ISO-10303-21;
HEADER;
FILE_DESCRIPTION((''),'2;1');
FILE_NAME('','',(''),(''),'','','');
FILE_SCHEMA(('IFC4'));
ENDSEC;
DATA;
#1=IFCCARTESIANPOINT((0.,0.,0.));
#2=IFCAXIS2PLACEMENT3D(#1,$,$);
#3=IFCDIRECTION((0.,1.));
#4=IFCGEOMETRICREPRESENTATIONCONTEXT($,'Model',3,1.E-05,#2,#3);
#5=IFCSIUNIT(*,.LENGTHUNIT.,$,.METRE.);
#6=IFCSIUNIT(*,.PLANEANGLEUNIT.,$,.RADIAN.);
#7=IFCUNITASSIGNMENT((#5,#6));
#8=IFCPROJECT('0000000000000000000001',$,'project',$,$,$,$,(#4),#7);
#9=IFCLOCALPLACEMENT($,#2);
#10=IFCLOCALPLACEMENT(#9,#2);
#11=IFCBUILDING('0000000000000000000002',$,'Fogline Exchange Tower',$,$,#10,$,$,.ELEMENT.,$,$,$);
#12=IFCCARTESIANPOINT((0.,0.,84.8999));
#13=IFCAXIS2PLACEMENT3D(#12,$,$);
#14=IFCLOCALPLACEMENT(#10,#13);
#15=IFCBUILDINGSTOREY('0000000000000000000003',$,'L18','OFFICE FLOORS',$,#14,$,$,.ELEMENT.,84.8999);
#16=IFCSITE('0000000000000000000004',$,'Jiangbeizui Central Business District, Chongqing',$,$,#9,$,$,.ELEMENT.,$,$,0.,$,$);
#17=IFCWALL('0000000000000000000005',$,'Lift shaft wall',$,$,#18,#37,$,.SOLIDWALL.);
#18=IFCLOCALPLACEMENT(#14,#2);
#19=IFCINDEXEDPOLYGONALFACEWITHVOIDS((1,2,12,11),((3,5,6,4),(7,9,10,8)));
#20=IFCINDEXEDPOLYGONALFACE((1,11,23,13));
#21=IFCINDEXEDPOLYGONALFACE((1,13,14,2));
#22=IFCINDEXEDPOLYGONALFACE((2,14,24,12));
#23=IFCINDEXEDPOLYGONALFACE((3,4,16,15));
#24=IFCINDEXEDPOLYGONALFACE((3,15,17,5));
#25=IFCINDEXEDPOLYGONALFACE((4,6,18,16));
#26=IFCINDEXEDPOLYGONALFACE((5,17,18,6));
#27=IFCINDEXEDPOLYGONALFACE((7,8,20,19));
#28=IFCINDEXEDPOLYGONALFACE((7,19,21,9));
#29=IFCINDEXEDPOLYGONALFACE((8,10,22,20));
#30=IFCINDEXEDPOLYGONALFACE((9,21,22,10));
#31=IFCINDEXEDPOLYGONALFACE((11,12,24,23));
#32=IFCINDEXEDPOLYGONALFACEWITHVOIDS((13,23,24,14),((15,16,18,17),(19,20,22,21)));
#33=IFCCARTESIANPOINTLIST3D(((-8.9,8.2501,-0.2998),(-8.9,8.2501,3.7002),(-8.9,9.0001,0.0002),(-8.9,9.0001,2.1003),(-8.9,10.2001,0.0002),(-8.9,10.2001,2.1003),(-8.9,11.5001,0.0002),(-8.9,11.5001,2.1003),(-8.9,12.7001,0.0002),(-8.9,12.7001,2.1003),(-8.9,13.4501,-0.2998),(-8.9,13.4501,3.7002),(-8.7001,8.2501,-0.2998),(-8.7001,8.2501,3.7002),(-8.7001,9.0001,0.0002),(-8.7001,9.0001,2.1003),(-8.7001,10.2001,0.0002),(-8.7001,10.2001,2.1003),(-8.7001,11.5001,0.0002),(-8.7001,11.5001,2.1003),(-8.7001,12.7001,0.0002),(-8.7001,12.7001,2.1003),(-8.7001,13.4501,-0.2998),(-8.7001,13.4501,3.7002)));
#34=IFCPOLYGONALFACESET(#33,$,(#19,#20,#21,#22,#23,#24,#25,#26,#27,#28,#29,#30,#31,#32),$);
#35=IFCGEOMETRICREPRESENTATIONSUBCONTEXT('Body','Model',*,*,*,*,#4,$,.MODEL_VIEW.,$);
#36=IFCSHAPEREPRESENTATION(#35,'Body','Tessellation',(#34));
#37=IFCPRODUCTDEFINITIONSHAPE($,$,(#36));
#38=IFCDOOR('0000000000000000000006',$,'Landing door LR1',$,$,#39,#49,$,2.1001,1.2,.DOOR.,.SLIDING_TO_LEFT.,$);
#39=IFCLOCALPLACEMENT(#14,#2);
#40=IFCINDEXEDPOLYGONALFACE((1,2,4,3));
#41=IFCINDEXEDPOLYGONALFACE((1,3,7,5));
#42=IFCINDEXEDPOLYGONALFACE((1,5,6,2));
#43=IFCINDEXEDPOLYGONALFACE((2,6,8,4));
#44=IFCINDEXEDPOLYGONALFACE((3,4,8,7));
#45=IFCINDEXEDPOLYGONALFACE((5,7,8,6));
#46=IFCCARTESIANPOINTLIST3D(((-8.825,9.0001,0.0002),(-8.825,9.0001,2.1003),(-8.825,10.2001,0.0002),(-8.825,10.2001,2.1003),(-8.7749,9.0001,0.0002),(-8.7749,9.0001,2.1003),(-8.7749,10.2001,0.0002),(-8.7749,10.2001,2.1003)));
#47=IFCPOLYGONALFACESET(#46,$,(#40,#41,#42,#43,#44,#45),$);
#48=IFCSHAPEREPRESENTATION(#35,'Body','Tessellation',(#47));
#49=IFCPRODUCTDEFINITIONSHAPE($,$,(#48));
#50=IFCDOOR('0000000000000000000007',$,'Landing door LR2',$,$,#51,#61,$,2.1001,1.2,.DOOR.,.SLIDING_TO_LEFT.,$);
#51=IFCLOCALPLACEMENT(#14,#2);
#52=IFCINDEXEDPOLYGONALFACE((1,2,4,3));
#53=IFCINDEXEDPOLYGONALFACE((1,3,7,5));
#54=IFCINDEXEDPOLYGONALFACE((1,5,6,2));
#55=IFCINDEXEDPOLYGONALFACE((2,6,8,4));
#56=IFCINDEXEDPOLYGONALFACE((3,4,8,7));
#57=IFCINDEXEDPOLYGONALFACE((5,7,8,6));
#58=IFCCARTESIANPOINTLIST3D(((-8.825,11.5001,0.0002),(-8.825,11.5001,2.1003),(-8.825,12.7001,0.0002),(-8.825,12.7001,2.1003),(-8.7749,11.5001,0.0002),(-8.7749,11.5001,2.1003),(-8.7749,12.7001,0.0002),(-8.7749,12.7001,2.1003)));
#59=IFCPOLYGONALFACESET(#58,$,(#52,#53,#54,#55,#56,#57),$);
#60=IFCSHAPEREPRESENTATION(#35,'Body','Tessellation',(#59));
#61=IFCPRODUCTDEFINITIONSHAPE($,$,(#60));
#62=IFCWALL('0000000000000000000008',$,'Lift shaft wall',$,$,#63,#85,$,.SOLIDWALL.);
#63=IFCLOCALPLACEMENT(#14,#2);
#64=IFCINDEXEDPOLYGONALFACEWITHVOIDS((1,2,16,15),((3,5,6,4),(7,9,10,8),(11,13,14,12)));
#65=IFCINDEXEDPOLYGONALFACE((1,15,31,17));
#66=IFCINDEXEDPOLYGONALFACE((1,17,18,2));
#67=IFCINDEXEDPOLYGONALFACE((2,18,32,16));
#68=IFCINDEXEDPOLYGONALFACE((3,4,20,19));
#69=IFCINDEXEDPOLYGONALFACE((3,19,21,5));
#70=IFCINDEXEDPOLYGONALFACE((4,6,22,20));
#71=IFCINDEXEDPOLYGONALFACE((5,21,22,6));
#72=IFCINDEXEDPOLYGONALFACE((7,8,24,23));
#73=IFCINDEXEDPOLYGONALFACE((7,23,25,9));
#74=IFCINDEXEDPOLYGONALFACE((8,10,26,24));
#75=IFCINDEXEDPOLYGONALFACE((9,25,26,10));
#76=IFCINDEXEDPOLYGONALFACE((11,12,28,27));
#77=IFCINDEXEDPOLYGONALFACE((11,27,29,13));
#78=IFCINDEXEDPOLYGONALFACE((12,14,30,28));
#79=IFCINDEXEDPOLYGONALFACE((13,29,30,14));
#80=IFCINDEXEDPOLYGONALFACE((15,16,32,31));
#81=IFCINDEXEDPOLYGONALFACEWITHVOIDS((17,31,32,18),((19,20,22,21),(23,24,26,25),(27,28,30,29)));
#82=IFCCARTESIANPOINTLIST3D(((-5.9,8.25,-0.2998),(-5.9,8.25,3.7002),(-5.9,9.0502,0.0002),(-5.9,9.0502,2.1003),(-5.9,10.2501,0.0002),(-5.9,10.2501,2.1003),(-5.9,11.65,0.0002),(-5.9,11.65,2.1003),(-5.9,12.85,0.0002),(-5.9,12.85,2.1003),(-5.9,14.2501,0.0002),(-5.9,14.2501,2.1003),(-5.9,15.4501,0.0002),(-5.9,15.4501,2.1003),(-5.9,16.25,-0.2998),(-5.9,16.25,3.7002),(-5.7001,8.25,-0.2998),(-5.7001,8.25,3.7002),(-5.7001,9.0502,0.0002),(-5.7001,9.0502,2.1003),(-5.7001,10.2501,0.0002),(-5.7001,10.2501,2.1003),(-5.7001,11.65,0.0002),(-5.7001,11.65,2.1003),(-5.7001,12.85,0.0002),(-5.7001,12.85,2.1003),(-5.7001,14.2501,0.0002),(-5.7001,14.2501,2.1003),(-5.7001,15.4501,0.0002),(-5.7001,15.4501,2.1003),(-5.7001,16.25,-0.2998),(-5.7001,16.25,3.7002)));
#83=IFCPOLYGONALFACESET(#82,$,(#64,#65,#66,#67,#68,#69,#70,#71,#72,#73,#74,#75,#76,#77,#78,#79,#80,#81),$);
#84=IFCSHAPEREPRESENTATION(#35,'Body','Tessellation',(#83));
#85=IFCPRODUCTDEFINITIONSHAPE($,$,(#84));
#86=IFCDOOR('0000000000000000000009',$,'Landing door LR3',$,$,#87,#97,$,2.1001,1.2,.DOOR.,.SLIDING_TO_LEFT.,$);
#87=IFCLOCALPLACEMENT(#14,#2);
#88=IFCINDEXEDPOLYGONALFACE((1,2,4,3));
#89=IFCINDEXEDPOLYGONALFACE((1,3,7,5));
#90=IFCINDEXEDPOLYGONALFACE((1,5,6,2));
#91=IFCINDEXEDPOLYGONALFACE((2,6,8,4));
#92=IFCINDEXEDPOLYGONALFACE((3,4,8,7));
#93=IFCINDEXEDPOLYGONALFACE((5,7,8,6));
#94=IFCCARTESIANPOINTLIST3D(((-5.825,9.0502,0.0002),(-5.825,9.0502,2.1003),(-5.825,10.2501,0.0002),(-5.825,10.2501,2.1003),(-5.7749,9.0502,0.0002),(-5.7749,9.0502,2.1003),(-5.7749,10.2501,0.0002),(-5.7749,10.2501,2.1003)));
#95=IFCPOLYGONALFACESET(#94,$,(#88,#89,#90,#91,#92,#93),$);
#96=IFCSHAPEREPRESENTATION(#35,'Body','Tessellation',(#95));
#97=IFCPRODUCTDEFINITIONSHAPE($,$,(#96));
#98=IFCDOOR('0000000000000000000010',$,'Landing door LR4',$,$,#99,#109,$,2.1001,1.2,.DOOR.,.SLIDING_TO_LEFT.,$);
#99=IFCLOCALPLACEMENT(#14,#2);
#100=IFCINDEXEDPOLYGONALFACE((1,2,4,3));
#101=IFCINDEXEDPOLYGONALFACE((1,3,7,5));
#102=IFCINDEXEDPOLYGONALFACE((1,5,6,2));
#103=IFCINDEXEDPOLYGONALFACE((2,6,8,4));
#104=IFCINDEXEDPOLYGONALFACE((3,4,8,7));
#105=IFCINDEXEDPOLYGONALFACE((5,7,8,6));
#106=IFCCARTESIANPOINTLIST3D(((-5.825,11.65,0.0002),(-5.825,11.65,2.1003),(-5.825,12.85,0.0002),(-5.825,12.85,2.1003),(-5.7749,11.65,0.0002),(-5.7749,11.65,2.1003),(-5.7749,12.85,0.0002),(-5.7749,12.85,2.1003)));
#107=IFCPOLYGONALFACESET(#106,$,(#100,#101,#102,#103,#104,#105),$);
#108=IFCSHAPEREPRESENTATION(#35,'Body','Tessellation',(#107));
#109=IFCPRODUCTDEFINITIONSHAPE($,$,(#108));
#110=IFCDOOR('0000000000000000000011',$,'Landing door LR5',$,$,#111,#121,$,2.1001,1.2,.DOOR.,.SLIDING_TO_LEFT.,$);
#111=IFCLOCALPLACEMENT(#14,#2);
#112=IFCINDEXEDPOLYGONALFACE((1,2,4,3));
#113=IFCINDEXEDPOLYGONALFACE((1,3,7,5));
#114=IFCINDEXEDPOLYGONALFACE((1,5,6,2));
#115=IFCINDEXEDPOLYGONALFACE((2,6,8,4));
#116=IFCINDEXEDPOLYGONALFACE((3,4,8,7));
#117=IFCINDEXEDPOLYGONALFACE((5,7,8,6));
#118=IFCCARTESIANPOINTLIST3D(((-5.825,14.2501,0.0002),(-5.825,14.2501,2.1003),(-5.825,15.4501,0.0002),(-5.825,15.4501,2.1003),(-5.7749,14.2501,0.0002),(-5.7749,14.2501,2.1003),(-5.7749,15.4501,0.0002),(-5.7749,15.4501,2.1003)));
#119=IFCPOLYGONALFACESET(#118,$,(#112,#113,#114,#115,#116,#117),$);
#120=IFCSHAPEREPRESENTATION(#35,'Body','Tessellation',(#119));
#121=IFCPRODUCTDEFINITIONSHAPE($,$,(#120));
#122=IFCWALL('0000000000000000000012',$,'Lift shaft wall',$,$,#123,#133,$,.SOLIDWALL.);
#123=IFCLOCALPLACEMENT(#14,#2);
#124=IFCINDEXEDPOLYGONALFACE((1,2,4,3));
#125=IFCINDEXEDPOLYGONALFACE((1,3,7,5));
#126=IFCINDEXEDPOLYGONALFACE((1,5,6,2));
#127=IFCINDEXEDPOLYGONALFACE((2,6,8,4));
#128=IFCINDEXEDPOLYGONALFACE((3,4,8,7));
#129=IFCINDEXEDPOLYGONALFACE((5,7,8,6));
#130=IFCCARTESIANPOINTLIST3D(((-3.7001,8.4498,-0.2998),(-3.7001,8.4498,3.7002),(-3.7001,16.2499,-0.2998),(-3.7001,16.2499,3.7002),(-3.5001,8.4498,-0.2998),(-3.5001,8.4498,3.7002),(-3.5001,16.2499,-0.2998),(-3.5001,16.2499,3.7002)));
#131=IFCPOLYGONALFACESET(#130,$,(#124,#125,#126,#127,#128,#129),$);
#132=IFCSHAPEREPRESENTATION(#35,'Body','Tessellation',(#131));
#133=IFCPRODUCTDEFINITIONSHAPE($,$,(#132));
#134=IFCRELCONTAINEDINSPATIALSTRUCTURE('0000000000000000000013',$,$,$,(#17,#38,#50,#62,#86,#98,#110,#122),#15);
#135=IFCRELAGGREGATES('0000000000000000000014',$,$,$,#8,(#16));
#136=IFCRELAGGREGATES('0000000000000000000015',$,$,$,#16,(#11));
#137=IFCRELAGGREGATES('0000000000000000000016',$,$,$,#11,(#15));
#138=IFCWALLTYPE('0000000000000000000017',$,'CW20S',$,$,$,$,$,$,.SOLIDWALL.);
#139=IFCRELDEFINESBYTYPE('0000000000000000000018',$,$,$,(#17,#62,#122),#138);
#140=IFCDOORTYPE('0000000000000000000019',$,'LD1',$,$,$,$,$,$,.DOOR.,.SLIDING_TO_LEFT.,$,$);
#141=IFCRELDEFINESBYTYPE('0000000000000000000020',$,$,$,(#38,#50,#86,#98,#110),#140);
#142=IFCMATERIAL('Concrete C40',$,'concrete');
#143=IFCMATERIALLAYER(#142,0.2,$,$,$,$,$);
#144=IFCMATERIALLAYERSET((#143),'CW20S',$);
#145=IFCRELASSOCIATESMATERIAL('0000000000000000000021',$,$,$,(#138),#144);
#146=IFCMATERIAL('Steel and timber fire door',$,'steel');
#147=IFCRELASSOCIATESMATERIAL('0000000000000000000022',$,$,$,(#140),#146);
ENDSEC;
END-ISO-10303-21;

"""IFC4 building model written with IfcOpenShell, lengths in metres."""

from ifc_helpers import new_model, si_unit, direction, frame, frame_2d, origin, place, context, subcontext, project, spatial, rectangle, extrude, material, layer, layer_set, type_object, element, fill, save


model = new_model("IFC4")

# Units and contexts
model_context = context("Model", 3, precision=1e-05, world=origin(), true_north=direction((0.0, 1.0)))
body_context = subcontext(model_context, "Body", "Model", "MODEL_VIEW")
ifc_project = project(units=[si_unit("LENGTHUNIT", "METRE"), si_unit("PLANEANGLEUNIT", "RADIAN")], contexts=[model_context])

# Site, building, storey
site_placement = place(None, origin())
site = spatial("IfcSite", under=ifc_project, at=site_placement, Name="Jiangbeizui Central Business District, Chongqing", CompositionType="ELEMENT", RefElevation=0.0)
building_placement = place(site_placement, origin())
building = spatial("IfcBuilding", under=site, at=building_placement, Name="Fogline Exchange Tower", CompositionType="ELEMENT")
storey_placement = place(building_placement, frame((0.0, 0.0, 84.8999)))
storey = spatial("IfcBuildingStorey", under=building, at=storey_placement, Name="L18", Description="OFFICE FLOORS", CompositionType="ELEMENT", Elevation=84.8999)

# Shared definitions
ifc_material_1 = material(Name="Steel and timber fire door", Category="steel")

# Shared definitions
ifc_material_2 = material(Name="Concrete C40", Category="concrete")

# Walls, openings, doors
ifc_layer_1 = layer(ifc_material_2, 0.2)
ifc_layer_set_1 = layer_set([ifc_layer_1], Name="CW20S")
wall_type_1 = type_object("IfcWallType", Name="CW20S", PredefinedType="SOLIDWALL", material=ifc_layer_set_1)
wall_1_placement = place(storey_placement, frame((-8.8, 8.25, -0.2998), z_axis=(0.0, 0.0, 1.0), x_axis=(0.0, 1.0, 0.0)))
wall_1 = element("IfcWall", 1, at=wall_1_placement, inside=storey, type_object=wall_type_1, Name="Lift shaft wall", PredefinedType="SOLIDWALL", context=body_context, shape_type="SweptSolid", body=[
    extrude(rectangle(XDim=5.2, YDim=0.2, at=frame_2d((2.6001, 0.0))), origin(), (0.0, 0.0, 1.0), 4.0),
])
opening_1_placement = place(wall_1_placement, frame((0.75, 0.0, 0.3)))
opening_1 = element("IfcOpeningElement", 2, at=opening_1_placement, cuts=wall_1, PredefinedType="OPENING", context=body_context, shape_type="SweptSolid", body=[
    extrude(rectangle(XDim=1.2, YDim=2.1001, at=frame_2d((0.6001, 1.05))), frame((0.0, 0.1099, 0.0), z_axis=(0.0, -1.0, 0.0), x_axis=(1.0, 0.0, 0.0)), (0.0, 0.0, 1.0), 0.22),
])
opening_2_placement = place(wall_1_placement, frame((3.25, 0.0, 0.3)))
opening_2 = element("IfcOpeningElement", 3, at=opening_2_placement, cuts=wall_1, PredefinedType="OPENING", context=body_context, shape_type="SweptSolid", body=[
    extrude(rectangle(XDim=1.2, YDim=2.1001, at=frame_2d((0.6001, 1.05))), frame((0.0, 0.1099, 0.0), z_axis=(0.0, -1.0, 0.0), x_axis=(1.0, 0.0, 0.0)), (0.0, 0.0, 1.0), 0.22),
])
door_type_1 = type_object("IfcDoorType", Name="LD1", OperationType="SLIDING_TO_LEFT", PredefinedType="DOOR", material=ifc_material_1)
door_1_placement = place(opening_1_placement, origin())
door_1 = element("IfcDoor", 4, at=door_1_placement, inside=storey, type_object=door_type_1, Name="Landing door LR1", OperationType="SLIDING_TO_LEFT", OverallHeight=2.1001, OverallWidth=1.2, PredefinedType="DOOR", context=body_context, shape_type="SweptSolid", body=[
    extrude(rectangle(XDim=1.2, YDim=2.1001, at=frame_2d((0.6001, 1.05))), frame((0.0, 0.0249, 0.0), z_axis=(0.0, -1.0, 0.0), x_axis=(1.0, 0.0, 0.0)), (0.0, 0.0, 1.0), 0.05),
])
fill(opening_1, door_1)
door_2_placement = place(opening_2_placement, origin())
door_2 = element("IfcDoor", 5, at=door_2_placement, inside=storey, type_object=door_type_1, Name="Landing door LR2", OperationType="SLIDING_TO_LEFT", OverallHeight=2.1001, OverallWidth=1.2, PredefinedType="DOOR", context=body_context, shape_type="SweptSolid", body=[
    extrude(rectangle(XDim=1.2, YDim=2.1001, at=frame_2d((0.6001, 1.05))), frame((0.0, 0.0249, 0.0), z_axis=(0.0, -1.0, 0.0), x_axis=(1.0, 0.0, 0.0)), (0.0, 0.0, 1.0), 0.05),
])
fill(opening_2, door_2)
wall_2_placement = place(storey_placement, frame((-5.8, 8.25, -0.2998), z_axis=(0.0, 0.0, 1.0), x_axis=(0.0, 1.0, 0.0)))
wall_2 = element("IfcWall", 6, at=wall_2_placement, inside=storey, type_object=wall_type_1, Name="Lift shaft wall", PredefinedType="SOLIDWALL", context=body_context, shape_type="SweptSolid", body=[
    extrude(rectangle(XDim=8.0, YDim=0.2, at=frame_2d((4.0, 0.0))), origin(), (0.0, 0.0, 1.0), 4.0),
])
opening_3_placement = place(wall_2_placement, frame((0.8, 0.0, 0.3)))
opening_3 = element("IfcOpeningElement", 7, at=opening_3_placement, cuts=wall_2, PredefinedType="OPENING", context=body_context, shape_type="SweptSolid", body=[
    extrude(rectangle(XDim=1.2, YDim=2.1001, at=frame_2d((0.6001, 1.05))), frame((0.0, 0.1099, 0.0), z_axis=(0.0, -1.0, 0.0), x_axis=(1.0, 0.0, 0.0)), (0.0, 0.0, 1.0), 0.22),
])
opening_4_placement = place(wall_2_placement, frame((3.3999, 0.0, 0.3)))
opening_4 = element("IfcOpeningElement", 8, at=opening_4_placement, cuts=wall_2, PredefinedType="OPENING", context=body_context, shape_type="SweptSolid", body=[
    extrude(rectangle(XDim=1.2, YDim=2.1001, at=frame_2d((0.6001, 1.05))), frame((0.0, 0.1099, 0.0), z_axis=(0.0, -1.0, 0.0), x_axis=(1.0, 0.0, 0.0)), (0.0, 0.0, 1.0), 0.22),
])
opening_5_placement = place(wall_2_placement, frame((6.0, 0.0, 0.3)))
opening_5 = element("IfcOpeningElement", 9, at=opening_5_placement, cuts=wall_2, PredefinedType="OPENING", context=body_context, shape_type="SweptSolid", body=[
    extrude(rectangle(XDim=1.2, YDim=2.1001, at=frame_2d((0.6001, 1.05))), frame((0.0, 0.1099, 0.0), z_axis=(0.0, -1.0, 0.0), x_axis=(1.0, 0.0, 0.0)), (0.0, 0.0, 1.0), 0.22),
])
door_3_placement = place(opening_3_placement, origin())
door_3 = element("IfcDoor", 10, at=door_3_placement, inside=storey, type_object=door_type_1, Name="Landing door LR3", OperationType="SLIDING_TO_LEFT", OverallHeight=2.1001, OverallWidth=1.2, PredefinedType="DOOR", context=body_context, shape_type="SweptSolid", body=[
    extrude(rectangle(XDim=1.2, YDim=2.1001, at=frame_2d((0.6001, 1.05))), frame((0.0, 0.0249, 0.0), z_axis=(0.0, -1.0, 0.0), x_axis=(1.0, 0.0, 0.0)), (0.0, 0.0, 1.0), 0.05),
])
fill(opening_3, door_3)
door_4_placement = place(opening_4_placement, origin())
door_4 = element("IfcDoor", 11, at=door_4_placement, inside=storey, type_object=door_type_1, Name="Landing door LR4", OperationType="SLIDING_TO_LEFT", OverallHeight=2.1001, OverallWidth=1.2, PredefinedType="DOOR", context=body_context, shape_type="SweptSolid", body=[
    extrude(rectangle(XDim=1.2, YDim=2.1001, at=frame_2d((0.6001, 1.05))), frame((0.0, 0.0249, 0.0), z_axis=(0.0, -1.0, 0.0), x_axis=(1.0, 0.0, 0.0)), (0.0, 0.0, 1.0), 0.05),
])
fill(opening_4, door_4)
door_5_placement = place(opening_5_placement, origin())
door_5 = element("IfcDoor", 12, at=door_5_placement, inside=storey, type_object=door_type_1, Name="Landing door LR5", OperationType="SLIDING_TO_LEFT", OverallHeight=2.1001, OverallWidth=1.2, PredefinedType="DOOR", context=body_context, shape_type="SweptSolid", body=[
    extrude(rectangle(XDim=1.2, YDim=2.1001, at=frame_2d((0.6001, 1.05))), frame((0.0, 0.0249, 0.0), z_axis=(0.0, -1.0, 0.0), x_axis=(1.0, 0.0, 0.0)), (0.0, 0.0, 1.0), 0.05),
])
fill(opening_5, door_5)

# Wall
wall_3_placement = place(storey_placement, frame((-3.6001, 8.45, -0.2998), z_axis=(0.0, 0.0, 1.0), x_axis=(0.0, 1.0, 0.0)))
element("IfcWall", 13, at=wall_3_placement, inside=storey, type_object=wall_type_1, Name="Lift shaft wall", PredefinedType="SOLIDWALL", context=body_context, shape_type="SweptSolid", body=[
    extrude(rectangle(XDim=7.8, YDim=0.2, at=frame_2d((3.8999, 0.0))), origin(), (0.0, 0.0, 1.0), 4.0),
])

save(model, "model.ifc")
